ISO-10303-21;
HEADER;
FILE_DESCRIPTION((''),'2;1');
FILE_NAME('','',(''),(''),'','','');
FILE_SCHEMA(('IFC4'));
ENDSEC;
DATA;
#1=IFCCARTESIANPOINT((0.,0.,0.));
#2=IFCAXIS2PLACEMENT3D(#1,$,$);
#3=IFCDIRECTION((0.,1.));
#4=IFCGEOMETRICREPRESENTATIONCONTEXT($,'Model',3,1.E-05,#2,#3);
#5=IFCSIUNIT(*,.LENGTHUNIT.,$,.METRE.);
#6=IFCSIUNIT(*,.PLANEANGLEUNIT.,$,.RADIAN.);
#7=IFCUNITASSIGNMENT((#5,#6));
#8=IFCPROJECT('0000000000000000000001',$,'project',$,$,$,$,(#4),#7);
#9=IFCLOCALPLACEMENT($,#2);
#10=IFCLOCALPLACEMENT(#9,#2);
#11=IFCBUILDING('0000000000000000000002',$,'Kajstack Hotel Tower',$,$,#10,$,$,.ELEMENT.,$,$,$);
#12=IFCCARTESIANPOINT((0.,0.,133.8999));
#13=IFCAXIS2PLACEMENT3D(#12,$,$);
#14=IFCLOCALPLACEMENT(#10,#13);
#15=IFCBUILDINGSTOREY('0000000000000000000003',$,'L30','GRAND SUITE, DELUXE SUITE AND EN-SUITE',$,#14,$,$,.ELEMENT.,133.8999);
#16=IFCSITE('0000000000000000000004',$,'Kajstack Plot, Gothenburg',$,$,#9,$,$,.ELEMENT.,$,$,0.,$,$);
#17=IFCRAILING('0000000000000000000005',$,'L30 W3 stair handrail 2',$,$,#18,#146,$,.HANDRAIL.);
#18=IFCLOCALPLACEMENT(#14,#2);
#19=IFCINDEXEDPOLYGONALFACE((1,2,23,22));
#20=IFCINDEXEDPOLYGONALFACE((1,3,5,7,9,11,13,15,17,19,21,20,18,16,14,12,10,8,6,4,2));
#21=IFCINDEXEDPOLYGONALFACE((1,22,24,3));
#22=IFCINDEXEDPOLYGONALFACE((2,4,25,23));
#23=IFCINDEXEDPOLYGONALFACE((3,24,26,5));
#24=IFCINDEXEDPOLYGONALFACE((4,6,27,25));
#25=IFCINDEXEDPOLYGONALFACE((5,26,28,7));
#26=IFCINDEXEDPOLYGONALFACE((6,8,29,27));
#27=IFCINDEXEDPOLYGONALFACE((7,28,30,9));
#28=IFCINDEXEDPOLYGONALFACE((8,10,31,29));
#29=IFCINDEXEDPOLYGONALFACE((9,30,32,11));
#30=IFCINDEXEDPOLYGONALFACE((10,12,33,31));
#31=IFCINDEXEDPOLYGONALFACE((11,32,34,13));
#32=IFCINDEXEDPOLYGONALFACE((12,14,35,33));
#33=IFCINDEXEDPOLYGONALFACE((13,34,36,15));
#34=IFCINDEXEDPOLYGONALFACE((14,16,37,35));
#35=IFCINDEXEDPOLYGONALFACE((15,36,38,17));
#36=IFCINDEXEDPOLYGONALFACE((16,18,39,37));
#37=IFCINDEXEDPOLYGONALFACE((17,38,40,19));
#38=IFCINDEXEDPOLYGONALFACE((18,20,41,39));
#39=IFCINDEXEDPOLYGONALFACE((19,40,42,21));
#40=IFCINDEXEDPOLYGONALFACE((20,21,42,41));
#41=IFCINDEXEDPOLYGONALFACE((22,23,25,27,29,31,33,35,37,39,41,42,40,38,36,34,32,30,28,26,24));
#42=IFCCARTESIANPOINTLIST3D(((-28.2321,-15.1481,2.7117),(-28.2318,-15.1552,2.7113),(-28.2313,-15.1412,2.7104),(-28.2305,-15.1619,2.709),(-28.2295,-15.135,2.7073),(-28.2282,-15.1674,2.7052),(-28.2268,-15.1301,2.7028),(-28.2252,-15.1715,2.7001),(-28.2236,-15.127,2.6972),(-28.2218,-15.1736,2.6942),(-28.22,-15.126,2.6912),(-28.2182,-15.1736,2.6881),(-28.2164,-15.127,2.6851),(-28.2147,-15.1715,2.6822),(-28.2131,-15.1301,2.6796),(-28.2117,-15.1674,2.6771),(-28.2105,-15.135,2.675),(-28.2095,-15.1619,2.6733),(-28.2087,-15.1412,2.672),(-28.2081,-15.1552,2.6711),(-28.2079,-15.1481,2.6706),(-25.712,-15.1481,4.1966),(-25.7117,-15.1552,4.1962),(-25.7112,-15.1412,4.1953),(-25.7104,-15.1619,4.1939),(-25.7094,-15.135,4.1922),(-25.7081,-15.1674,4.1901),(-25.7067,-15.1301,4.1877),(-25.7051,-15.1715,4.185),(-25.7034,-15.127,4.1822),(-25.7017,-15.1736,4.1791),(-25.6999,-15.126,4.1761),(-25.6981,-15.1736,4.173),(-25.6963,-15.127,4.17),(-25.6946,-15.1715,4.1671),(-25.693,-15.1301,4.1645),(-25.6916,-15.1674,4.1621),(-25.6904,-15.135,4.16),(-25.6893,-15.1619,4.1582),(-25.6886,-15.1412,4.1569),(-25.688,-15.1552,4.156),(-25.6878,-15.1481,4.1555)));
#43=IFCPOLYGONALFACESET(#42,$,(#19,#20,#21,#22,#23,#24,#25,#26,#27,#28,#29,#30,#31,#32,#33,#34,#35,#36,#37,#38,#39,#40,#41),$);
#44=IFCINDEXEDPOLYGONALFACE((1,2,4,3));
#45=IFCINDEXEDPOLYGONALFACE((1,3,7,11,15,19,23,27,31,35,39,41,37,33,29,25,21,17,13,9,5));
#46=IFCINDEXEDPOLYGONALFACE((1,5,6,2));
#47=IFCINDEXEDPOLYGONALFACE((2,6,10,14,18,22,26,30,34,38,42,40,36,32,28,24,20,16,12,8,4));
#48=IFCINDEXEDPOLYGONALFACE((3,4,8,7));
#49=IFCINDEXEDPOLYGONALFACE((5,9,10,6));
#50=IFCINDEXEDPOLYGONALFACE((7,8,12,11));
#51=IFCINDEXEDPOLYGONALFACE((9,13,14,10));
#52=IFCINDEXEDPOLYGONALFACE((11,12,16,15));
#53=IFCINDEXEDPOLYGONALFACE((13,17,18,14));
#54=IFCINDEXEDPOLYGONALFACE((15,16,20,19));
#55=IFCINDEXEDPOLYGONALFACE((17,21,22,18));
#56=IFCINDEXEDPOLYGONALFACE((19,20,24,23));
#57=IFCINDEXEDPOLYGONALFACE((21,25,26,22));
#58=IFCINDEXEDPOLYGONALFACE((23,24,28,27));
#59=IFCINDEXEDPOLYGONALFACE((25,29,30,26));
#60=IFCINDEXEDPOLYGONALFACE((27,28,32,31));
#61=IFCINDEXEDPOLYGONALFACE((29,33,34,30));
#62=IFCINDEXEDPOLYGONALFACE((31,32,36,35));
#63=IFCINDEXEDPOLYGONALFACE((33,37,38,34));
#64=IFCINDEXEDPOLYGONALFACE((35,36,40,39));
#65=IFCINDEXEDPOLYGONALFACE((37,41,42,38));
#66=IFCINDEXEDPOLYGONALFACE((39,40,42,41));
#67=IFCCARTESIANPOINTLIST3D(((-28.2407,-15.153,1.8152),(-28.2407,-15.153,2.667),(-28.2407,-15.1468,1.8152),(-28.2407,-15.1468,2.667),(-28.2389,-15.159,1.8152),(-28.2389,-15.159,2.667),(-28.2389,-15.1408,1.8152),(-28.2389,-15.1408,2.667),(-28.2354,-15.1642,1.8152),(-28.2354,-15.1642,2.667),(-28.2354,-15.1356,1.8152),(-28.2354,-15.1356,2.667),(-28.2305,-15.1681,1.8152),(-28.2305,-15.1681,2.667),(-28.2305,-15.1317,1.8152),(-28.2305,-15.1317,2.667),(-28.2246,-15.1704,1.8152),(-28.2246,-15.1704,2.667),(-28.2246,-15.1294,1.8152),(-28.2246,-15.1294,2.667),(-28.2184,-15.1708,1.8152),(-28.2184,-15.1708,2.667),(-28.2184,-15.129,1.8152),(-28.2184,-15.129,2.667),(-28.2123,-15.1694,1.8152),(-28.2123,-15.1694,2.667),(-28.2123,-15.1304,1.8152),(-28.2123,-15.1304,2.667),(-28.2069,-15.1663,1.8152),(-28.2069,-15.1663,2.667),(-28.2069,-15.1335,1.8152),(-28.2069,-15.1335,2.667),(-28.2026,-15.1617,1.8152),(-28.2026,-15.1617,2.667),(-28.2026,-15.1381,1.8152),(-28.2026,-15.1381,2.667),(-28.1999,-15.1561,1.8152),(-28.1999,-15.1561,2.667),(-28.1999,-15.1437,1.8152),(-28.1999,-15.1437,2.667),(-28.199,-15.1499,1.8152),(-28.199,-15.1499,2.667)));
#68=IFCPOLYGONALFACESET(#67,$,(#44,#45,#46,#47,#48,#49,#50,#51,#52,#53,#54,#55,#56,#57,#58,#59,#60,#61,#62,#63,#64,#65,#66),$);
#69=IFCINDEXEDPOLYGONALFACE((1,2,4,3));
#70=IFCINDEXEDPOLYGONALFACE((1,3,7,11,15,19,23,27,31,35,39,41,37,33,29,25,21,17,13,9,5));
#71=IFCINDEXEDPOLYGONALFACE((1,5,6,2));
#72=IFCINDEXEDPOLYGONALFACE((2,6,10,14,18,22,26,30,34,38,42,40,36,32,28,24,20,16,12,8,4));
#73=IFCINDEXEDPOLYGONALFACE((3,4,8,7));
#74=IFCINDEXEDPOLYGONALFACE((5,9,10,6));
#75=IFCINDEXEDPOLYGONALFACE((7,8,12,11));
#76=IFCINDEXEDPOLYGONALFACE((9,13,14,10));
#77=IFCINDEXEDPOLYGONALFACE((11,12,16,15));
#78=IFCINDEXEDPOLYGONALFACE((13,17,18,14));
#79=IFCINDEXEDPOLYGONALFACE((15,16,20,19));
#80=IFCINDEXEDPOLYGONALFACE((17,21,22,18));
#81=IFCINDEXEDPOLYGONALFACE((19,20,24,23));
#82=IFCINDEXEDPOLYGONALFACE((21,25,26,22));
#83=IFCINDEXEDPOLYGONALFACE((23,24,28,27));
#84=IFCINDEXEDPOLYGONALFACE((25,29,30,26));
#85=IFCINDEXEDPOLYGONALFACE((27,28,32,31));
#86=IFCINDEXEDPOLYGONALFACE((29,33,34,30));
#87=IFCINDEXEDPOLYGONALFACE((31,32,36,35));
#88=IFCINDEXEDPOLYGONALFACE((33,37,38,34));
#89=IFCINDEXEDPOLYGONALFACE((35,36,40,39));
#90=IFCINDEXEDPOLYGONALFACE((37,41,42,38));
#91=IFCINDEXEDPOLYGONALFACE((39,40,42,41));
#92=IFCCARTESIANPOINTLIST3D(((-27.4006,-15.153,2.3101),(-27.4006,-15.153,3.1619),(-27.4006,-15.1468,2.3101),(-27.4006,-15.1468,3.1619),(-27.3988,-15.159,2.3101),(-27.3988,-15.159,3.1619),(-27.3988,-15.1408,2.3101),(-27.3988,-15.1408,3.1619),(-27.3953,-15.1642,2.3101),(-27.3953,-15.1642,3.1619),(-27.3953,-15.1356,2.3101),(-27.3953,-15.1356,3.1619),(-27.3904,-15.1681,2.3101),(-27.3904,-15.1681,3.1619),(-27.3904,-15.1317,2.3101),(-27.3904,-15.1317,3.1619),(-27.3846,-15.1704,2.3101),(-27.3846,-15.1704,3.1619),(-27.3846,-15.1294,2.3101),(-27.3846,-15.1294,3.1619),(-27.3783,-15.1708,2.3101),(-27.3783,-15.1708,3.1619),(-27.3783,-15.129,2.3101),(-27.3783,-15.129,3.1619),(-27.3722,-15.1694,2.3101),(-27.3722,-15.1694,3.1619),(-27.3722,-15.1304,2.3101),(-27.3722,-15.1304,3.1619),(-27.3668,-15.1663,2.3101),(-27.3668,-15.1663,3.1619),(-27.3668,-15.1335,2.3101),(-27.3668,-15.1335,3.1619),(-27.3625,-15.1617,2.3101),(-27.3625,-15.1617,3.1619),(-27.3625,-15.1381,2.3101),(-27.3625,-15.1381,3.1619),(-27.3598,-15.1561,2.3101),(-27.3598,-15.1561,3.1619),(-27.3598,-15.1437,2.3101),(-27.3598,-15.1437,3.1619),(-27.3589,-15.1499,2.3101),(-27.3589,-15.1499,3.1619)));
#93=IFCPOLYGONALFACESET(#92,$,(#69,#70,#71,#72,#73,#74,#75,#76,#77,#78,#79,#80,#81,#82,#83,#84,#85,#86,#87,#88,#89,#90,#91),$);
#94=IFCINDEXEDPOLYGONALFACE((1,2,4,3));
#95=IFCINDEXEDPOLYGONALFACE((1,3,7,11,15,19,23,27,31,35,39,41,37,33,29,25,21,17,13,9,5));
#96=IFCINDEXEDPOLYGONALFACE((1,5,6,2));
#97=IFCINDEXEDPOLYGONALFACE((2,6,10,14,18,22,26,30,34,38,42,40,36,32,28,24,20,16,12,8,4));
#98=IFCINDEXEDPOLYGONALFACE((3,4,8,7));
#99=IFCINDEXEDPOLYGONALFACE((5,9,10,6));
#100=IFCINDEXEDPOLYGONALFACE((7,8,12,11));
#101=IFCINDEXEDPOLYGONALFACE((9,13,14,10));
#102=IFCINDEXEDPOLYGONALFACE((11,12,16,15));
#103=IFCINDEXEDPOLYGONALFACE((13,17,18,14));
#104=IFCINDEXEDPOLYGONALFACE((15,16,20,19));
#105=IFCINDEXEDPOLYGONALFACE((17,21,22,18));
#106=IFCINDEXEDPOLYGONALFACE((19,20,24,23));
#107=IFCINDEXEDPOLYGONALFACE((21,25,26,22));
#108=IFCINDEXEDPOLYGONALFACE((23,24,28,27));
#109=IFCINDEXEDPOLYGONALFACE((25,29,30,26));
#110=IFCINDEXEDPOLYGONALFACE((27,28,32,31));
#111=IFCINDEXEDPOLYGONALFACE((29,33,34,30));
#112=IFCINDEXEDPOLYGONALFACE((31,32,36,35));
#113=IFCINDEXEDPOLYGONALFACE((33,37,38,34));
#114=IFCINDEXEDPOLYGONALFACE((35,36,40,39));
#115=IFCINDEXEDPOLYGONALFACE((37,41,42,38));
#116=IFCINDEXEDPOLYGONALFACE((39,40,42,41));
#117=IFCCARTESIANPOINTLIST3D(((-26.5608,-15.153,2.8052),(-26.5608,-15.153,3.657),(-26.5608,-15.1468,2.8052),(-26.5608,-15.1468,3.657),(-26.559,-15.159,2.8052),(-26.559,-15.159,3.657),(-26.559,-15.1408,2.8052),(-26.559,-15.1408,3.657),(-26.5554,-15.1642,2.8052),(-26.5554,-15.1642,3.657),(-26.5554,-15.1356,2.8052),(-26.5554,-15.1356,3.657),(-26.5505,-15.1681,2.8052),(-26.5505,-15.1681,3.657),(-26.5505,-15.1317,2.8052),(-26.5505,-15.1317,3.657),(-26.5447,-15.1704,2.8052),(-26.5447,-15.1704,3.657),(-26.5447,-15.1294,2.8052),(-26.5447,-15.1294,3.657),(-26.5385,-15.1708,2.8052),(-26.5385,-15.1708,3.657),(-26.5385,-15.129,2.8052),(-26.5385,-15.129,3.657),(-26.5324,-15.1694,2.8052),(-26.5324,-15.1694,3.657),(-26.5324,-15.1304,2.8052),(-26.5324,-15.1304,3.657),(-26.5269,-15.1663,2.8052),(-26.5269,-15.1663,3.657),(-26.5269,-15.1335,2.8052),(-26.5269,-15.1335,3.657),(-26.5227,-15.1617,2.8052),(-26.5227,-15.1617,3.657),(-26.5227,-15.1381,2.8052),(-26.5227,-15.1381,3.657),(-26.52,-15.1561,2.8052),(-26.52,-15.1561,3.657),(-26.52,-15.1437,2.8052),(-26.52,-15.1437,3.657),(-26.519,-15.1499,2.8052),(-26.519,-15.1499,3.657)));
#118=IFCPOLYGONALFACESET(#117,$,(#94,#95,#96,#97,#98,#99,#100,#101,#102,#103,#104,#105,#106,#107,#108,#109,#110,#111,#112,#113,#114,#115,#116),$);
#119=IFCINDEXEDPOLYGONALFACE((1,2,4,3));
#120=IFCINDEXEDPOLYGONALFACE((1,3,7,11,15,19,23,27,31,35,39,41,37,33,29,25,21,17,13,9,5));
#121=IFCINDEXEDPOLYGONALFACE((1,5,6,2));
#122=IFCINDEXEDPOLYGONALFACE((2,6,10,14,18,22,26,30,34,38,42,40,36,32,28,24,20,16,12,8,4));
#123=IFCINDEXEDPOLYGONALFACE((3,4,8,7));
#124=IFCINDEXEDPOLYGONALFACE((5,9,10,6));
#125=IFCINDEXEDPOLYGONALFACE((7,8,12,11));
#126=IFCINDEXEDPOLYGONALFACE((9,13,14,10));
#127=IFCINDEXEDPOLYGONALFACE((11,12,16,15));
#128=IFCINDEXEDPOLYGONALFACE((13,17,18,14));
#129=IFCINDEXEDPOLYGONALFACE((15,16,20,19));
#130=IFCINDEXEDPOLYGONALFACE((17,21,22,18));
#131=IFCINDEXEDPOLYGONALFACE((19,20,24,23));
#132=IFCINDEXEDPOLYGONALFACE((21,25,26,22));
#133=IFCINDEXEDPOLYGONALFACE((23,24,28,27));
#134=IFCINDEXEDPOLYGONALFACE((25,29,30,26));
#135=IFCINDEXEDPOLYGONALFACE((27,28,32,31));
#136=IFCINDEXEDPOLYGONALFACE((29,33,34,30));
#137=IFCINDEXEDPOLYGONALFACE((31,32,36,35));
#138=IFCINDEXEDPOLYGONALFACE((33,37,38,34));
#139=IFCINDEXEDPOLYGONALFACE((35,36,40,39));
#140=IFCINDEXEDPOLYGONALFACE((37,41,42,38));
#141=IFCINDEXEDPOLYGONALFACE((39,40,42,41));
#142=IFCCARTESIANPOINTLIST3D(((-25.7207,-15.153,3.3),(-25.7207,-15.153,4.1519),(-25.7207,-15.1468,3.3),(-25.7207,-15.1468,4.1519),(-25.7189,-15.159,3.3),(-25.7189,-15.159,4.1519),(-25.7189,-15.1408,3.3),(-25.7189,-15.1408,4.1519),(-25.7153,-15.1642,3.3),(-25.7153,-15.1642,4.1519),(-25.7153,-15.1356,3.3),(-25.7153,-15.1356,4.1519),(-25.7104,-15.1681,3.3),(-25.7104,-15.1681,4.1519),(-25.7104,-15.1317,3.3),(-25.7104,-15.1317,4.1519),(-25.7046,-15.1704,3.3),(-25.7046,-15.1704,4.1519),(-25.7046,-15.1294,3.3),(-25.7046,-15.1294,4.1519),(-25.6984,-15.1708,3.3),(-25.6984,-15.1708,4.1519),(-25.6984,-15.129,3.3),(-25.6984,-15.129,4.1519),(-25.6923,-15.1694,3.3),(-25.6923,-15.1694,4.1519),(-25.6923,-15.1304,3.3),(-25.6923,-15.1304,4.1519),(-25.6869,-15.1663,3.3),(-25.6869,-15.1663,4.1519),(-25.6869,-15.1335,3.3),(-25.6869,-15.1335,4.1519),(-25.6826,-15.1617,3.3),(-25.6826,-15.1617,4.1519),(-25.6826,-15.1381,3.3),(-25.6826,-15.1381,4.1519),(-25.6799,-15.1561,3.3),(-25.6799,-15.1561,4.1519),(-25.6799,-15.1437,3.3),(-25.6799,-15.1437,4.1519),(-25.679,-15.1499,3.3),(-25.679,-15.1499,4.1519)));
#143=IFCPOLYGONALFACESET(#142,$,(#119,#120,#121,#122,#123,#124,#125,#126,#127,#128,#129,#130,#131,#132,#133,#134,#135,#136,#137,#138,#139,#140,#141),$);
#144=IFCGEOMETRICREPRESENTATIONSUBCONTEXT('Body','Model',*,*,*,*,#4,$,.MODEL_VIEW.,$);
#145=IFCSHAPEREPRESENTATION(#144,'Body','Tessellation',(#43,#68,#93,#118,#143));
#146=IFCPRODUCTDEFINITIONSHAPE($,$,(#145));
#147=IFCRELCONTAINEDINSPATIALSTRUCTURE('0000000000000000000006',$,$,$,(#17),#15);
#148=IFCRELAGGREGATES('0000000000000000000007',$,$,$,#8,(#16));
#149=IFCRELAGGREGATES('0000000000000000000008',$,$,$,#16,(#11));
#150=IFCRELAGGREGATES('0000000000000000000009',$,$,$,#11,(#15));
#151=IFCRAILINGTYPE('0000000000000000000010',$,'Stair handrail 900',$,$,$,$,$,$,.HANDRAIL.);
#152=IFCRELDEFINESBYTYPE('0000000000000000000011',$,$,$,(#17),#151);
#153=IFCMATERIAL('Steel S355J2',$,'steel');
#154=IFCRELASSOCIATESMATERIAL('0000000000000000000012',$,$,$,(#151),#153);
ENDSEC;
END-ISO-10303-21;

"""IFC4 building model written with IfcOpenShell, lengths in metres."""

from ifc_helpers import new_model, si_unit, direction, frame, origin, origin_2d, place, context, subcontext, project, spatial, circle, extrude, material, type_object, element, save


model = new_model("IFC4")

# Units and contexts
model_context = context("Model", 3, precision=1e-05, world=origin(), true_north=direction((0.0, 1.0)))
body_context = subcontext(model_context, "Body", "Model", "MODEL_VIEW")
ifc_project = project(units=[si_unit("LENGTHUNIT", "METRE"), si_unit("PLANEANGLEUNIT", "RADIAN")], contexts=[model_context])

# Site, building, storey
site_placement = place(None, origin())
site = spatial("IfcSite", under=ifc_project, at=site_placement, Name="Kajstack Plot, Gothenburg", CompositionType="ELEMENT", RefElevation=0.0)
building_placement = place(site_placement, origin())
building = spatial("IfcBuilding", under=site, at=building_placement, Name="Kajstack Hotel Tower", CompositionType="ELEMENT")
storey_placement = place(building_placement, frame((0.0, 0.0, 133.8999)))
storey = spatial("IfcBuildingStorey", under=building, at=storey_placement, Name="L30", Description="GRAND SUITE, DELUXE SUITE AND EN-SUITE", CompositionType="ELEMENT", Elevation=133.8999)

# Railing
ifc_material_1 = material(Name="Steel S355J2", Category="steel")
railing_type_1 = type_object("IfcRailingType", Name="Stair handrail 900", PredefinedType="HANDRAIL", material=ifc_material_1)
railing_1_placement = place(storey_placement, frame((-28.22, -15.1499, 1.8152)))
element("IfcRailing", 1, at=railing_1_placement, inside=storey, type_object=railing_type_1, Name="L30 W3 stair handrail 2", PredefinedType="HANDRAIL", context=body_context, shape_type="SweptSolid", body=[
    extrude(circle(Radius=0.0239, at=origin_2d()), frame((0.0, 0.0, 0.876), z_axis=(0.861561, 0.0, 0.507655), x_axis=(0.0, 1.0, 0.0)), (0.0, 0.0, 1.0), 2.925),
    extrude(circle(Radius=0.021, at=origin_2d()), origin(), (0.0, 0.0, 1.0), 0.8518),
    extrude(circle(Radius=0.021, at=origin_2d()), frame((0.8401, 0.0, 0.4949)), (0.0, 0.0, 1.0), 0.8518),
    extrude(circle(Radius=0.021, at=origin_2d()), frame((1.6799, 0.0, 0.99)), (0.0, 0.0, 1.0), 0.8518),
    extrude(circle(Radius=0.021, at=origin_2d()), frame((2.52, 0.0, 1.4849)), (0.0, 0.0, 1.0), 0.8518),
])

save(model, "model.ifc")
